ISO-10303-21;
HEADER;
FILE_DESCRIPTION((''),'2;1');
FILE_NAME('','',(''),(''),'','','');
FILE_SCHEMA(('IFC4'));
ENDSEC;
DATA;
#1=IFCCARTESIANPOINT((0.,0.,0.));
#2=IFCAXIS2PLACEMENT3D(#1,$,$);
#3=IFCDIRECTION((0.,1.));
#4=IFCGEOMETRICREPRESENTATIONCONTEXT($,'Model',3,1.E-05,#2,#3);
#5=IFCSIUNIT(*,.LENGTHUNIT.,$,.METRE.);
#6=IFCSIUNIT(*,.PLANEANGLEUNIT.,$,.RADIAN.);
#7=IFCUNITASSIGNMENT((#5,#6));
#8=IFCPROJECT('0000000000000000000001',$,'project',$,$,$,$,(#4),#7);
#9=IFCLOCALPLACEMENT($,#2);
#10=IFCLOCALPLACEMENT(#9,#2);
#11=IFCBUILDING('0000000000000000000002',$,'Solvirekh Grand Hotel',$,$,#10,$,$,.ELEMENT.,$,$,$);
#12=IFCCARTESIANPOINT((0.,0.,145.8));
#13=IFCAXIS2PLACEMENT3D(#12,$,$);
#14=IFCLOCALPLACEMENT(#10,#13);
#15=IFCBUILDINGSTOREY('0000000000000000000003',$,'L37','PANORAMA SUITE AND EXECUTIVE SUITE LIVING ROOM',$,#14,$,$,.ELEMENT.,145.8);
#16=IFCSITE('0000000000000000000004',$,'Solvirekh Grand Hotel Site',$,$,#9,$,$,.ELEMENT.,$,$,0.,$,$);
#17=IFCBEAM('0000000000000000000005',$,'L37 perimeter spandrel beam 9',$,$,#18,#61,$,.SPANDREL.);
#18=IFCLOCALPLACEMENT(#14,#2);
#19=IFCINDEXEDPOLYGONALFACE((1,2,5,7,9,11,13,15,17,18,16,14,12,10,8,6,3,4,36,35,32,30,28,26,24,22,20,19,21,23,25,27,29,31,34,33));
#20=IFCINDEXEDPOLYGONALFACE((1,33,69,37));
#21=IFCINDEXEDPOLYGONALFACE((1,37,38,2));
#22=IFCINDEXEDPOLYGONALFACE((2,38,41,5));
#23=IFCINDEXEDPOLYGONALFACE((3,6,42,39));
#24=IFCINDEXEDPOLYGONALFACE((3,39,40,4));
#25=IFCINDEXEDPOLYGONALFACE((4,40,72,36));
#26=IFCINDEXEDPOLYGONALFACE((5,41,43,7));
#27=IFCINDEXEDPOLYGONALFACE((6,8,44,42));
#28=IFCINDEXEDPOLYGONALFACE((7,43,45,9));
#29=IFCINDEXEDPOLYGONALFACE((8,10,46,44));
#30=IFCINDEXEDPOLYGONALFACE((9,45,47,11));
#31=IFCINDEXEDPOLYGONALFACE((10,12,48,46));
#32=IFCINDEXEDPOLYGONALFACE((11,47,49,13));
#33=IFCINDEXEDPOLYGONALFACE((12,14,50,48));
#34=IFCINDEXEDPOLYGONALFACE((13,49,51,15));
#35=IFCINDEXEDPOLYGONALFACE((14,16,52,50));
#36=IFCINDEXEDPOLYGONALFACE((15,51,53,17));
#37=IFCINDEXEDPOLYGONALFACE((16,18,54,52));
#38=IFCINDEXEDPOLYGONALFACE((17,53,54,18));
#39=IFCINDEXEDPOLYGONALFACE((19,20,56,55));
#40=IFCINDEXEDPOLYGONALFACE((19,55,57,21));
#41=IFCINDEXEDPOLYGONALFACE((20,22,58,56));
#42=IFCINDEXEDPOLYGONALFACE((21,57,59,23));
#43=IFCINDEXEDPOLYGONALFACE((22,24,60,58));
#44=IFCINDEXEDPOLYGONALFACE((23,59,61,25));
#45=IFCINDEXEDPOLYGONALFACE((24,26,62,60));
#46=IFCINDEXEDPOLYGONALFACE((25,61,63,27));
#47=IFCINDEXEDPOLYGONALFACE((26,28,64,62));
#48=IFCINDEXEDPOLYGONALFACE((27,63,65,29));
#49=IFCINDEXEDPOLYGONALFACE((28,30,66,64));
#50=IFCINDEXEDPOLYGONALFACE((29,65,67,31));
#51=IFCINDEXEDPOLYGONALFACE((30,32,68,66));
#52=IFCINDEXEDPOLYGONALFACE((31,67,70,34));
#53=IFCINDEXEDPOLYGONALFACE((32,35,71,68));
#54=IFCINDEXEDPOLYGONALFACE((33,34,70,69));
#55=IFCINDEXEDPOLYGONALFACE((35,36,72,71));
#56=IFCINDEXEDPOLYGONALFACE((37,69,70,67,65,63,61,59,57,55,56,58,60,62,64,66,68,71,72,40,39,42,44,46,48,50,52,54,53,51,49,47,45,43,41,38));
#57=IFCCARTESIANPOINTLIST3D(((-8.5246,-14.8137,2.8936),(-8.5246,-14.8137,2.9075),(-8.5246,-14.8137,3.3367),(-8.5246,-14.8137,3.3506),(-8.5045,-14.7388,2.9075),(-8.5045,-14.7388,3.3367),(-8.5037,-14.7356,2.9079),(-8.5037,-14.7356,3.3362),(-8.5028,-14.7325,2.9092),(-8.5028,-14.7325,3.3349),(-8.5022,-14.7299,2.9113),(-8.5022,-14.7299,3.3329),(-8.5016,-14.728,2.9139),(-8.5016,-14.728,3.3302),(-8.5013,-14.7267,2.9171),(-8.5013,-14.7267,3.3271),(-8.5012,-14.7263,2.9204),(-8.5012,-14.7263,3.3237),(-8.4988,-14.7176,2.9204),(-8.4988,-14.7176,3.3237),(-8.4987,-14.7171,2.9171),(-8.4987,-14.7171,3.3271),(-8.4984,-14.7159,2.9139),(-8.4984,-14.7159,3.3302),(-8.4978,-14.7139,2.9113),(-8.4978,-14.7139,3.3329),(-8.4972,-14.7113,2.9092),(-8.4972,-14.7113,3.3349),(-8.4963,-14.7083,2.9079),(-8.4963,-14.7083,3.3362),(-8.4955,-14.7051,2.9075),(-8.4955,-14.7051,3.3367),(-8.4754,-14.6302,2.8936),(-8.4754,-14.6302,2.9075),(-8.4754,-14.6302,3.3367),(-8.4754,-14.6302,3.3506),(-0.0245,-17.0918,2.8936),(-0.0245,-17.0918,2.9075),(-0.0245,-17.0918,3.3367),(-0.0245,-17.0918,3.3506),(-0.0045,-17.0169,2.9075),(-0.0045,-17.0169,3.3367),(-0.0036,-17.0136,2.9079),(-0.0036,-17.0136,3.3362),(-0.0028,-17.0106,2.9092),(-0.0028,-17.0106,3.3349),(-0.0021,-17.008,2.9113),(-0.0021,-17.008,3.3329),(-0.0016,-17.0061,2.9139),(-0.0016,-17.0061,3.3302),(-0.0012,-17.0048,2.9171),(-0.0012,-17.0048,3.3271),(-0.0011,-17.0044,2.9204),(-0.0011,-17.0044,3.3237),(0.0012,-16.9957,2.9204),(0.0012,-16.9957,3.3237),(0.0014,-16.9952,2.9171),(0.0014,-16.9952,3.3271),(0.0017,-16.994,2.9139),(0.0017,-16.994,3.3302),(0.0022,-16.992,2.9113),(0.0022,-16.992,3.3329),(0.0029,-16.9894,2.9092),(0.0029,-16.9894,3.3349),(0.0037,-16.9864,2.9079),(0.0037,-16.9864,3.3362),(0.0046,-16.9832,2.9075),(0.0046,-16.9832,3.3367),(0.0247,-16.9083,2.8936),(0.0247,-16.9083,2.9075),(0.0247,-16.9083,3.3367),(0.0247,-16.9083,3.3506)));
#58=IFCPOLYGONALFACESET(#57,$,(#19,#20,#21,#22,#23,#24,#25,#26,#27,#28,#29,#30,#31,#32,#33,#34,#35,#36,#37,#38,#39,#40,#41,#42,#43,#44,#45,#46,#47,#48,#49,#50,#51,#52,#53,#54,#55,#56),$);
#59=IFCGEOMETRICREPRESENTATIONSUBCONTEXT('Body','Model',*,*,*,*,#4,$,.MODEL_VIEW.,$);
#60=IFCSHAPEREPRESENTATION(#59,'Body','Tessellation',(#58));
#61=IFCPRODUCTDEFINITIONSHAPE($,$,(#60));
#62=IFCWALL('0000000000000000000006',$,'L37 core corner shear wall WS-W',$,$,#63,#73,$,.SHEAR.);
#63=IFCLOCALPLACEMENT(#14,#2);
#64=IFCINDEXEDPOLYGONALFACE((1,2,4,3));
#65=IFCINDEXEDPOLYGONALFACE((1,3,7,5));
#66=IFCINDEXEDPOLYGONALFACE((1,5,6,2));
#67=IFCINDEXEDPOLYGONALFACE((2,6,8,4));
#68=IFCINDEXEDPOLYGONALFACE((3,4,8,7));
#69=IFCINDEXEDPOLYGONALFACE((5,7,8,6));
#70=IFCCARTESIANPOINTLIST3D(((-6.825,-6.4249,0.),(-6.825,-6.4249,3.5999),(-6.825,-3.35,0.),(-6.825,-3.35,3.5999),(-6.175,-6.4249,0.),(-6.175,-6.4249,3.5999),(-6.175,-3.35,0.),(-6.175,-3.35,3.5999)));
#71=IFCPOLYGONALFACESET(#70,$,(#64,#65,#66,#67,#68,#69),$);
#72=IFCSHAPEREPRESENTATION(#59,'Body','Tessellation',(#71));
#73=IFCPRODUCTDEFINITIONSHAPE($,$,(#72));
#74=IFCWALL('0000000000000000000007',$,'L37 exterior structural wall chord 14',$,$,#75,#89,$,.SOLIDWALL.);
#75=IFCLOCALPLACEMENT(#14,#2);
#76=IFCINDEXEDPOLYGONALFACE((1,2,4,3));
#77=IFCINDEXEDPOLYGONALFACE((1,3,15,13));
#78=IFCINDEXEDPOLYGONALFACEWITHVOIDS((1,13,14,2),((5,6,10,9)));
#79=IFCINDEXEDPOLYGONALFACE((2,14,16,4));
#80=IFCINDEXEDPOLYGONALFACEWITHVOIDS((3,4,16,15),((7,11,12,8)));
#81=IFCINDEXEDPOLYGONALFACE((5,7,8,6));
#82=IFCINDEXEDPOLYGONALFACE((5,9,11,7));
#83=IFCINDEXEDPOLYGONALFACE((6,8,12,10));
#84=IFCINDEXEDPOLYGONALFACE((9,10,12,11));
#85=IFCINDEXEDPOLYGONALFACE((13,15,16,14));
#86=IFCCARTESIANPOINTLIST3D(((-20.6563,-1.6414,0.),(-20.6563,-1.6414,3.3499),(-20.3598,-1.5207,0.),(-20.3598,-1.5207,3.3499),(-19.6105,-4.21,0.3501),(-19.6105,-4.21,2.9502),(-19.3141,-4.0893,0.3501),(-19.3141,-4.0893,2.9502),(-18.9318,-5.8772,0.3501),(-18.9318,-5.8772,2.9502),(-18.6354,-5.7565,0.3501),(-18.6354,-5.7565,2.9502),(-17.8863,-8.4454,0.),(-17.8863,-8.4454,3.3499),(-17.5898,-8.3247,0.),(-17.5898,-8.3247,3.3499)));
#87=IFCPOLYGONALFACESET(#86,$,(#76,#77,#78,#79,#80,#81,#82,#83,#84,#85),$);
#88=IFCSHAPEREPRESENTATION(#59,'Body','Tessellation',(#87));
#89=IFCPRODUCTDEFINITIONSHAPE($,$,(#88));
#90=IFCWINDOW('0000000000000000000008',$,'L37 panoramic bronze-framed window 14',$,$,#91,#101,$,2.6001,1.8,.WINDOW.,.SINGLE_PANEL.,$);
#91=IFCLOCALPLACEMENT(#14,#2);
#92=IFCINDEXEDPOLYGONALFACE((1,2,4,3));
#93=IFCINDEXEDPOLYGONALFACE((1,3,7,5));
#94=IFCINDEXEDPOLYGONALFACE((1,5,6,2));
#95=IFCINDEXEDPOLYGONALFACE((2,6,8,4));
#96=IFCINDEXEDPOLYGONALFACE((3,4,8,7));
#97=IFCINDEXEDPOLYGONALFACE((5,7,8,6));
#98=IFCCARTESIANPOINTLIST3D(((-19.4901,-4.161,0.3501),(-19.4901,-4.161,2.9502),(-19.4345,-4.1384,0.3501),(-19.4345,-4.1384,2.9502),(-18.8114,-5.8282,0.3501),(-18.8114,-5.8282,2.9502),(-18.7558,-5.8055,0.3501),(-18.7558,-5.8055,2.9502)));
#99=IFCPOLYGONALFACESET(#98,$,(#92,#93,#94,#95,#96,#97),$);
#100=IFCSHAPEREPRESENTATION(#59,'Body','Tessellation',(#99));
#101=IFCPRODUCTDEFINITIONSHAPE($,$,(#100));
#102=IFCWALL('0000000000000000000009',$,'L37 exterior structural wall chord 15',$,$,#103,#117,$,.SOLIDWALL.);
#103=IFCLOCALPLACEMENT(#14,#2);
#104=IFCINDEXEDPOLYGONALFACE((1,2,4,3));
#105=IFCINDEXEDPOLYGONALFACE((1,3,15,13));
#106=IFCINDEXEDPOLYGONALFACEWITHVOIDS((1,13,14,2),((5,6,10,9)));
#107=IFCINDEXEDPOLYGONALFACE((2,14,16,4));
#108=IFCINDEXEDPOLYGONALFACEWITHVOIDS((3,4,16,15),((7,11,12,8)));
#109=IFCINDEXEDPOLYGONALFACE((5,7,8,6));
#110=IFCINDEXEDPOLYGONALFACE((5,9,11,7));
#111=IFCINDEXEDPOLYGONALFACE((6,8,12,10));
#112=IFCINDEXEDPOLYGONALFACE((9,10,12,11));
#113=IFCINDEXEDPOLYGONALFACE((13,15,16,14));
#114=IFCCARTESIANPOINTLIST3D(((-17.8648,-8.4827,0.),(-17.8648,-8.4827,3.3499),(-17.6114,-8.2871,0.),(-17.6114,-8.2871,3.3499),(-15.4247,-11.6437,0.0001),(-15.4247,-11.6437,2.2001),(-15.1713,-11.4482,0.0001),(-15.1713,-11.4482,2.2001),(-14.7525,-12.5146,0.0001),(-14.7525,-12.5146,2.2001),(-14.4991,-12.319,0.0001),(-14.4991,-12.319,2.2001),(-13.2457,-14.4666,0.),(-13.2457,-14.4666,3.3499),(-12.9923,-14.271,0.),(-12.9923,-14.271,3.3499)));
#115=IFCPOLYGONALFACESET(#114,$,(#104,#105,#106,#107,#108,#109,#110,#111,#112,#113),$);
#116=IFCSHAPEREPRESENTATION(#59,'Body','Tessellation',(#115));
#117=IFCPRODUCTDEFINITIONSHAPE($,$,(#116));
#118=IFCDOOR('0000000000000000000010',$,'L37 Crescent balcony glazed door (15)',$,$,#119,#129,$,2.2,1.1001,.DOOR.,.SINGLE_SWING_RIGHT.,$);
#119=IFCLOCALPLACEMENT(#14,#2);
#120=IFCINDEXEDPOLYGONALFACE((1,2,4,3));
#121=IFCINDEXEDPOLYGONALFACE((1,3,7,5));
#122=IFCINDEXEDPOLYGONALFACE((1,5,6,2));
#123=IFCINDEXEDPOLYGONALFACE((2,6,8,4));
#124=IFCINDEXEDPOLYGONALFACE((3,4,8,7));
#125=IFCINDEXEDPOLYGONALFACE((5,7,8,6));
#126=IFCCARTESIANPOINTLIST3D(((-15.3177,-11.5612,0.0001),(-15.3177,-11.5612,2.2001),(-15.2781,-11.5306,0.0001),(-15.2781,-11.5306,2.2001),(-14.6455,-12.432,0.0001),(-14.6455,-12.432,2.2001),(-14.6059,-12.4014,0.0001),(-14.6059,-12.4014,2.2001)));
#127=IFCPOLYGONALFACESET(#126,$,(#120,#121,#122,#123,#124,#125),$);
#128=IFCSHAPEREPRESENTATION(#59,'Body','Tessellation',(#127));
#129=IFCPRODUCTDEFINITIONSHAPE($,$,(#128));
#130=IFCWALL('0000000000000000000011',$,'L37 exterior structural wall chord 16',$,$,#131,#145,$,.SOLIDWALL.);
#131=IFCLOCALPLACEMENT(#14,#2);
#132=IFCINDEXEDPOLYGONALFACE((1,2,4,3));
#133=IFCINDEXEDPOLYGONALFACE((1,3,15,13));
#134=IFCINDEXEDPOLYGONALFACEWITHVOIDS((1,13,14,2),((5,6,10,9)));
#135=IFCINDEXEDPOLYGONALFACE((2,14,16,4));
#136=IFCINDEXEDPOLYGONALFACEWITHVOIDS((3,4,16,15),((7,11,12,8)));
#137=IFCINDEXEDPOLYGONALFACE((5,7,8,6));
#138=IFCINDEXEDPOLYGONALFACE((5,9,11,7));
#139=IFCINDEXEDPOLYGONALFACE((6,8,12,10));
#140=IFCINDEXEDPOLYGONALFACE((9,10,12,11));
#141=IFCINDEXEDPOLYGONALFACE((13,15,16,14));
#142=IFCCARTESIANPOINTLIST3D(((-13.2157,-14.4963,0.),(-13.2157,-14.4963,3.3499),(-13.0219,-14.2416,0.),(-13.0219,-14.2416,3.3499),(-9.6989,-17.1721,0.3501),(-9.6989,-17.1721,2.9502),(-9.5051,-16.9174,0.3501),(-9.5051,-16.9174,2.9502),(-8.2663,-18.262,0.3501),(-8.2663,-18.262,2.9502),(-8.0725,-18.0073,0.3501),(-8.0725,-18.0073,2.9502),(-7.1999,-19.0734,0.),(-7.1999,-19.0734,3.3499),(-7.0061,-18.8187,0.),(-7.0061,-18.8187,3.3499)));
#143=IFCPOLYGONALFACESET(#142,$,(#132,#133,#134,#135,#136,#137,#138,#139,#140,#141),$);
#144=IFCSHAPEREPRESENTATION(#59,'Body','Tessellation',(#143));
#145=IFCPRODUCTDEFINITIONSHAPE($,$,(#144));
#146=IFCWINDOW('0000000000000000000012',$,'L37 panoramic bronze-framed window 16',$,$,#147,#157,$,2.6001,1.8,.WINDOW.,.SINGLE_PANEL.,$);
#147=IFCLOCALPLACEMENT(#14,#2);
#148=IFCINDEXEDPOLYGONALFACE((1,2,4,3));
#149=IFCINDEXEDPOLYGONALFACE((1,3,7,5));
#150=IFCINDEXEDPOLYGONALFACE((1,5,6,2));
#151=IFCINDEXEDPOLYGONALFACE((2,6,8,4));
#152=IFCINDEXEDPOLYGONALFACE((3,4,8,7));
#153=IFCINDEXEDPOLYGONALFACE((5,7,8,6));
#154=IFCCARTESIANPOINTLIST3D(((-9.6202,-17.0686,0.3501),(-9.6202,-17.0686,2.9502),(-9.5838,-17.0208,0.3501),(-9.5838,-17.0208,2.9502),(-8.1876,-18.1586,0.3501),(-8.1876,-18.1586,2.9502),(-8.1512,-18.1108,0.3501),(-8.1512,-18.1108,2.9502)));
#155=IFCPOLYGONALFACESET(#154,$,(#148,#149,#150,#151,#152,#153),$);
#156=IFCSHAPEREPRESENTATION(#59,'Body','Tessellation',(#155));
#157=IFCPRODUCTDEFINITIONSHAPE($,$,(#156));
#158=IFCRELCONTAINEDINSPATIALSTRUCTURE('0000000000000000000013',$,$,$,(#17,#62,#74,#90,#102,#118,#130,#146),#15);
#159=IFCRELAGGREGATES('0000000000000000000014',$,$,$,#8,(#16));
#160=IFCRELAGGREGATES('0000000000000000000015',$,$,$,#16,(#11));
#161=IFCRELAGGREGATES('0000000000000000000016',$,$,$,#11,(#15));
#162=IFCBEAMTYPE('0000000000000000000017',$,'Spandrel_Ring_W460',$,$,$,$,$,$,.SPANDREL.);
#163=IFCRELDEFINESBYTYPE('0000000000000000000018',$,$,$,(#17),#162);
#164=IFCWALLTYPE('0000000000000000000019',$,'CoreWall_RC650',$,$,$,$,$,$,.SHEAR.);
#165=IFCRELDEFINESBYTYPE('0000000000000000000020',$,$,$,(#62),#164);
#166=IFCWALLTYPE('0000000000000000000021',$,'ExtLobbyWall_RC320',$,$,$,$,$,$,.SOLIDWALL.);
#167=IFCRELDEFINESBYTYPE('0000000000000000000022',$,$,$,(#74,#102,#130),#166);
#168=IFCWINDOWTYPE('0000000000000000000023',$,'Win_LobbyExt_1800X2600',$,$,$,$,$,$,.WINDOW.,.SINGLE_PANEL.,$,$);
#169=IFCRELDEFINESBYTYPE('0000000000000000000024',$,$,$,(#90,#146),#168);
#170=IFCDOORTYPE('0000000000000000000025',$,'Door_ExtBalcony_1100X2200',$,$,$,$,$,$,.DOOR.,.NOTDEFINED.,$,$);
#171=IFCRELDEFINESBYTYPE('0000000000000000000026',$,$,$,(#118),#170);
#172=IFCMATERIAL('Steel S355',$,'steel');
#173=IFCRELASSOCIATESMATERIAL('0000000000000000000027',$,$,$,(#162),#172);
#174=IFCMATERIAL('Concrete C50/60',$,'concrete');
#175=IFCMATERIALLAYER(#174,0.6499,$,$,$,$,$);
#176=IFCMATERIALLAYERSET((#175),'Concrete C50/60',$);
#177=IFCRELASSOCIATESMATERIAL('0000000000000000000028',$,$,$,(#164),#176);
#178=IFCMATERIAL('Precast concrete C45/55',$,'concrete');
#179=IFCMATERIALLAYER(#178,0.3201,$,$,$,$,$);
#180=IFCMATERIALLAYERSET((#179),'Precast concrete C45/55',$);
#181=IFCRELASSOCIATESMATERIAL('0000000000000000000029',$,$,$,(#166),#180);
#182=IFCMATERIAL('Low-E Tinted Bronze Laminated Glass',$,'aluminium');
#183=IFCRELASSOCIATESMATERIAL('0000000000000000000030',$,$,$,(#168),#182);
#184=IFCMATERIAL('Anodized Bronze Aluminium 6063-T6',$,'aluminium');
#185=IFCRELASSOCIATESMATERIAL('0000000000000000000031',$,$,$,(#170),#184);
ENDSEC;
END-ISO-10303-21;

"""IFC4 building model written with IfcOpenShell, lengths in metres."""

from ifc_helpers import new_model, si_unit, direction, frame, frame_2d, origin, origin_2d, place, context, subcontext, project, spatial, rectangle, i_section, extrude, material, layer, layer_set, material_profile, profile_set, type_object, element, fill, save


model = new_model("IFC4")

# Units and contexts
model_context = context("Model", 3, precision=1e-05, world=origin(), true_north=direction((0.0, 1.0)))
body_context = subcontext(model_context, "Body", "Model", "MODEL_VIEW")
ifc_project = project(units=[si_unit("LENGTHUNIT", "METRE"), si_unit("PLANEANGLEUNIT", "RADIAN")], contexts=[model_context])

# Site, building, storey
site_placement = place(None, origin())
site = spatial("IfcSite", under=ifc_project, at=site_placement, Name="Solvirekh Grand Hotel Site", CompositionType="ELEMENT", RefElevation=0.0)
building_placement = place(site_placement, origin())
building = spatial("IfcBuilding", under=site, at=building_placement, Name="Solvirekh Grand Hotel", CompositionType="ELEMENT")
storey_placement = place(building_placement, frame((0.0, 0.0, 145.8)))
storey = spatial("IfcBuildingStorey", under=building, at=storey_placement, Name="L37", Description="PANORAMA SUITE AND EXECUTIVE SUITE LIVING ROOM", CompositionType="ELEMENT", Elevation=145.8)

# Shared definitions
ifc_material_1 = material(Name="Concrete C50/60", Category="concrete")

# Beam
ifc_material_2 = material(Name="Steel S355", Category="steel")
ifc_material_profile_1 = material_profile(ifc_material_2, i_section(OverallWidth=0.1899, OverallDepth=0.457, WebThickness=0.009, FlangeThickness=0.0139, FilletRadius=0.0129, at=origin_2d()), Name="W460X74")
ifc_profile_set_1 = profile_set([ifc_material_profile_1], Name="Steel S355")
beam_type = type_object("IfcBeamType", Name="Spandrel_Ring_W460", PredefinedType="SPANDREL", material=ifc_profile_set_1)
beam_1_placement = place(storey_placement, frame((-8.5, -14.7219, 3.1221), z_axis=(0.965911, -0.258873, 0.0), x_axis=(0.258873, 0.965911, 0.0)))
element("IfcBeam", 1, at=beam_1_placement, inside=storey, type_object=beam_type, Name="L37 perimeter spandrel beam 9", PredefinedType="SPANDREL", context=body_context, shape_type="SweptSolid", body=[
    extrude(i_section(OverallWidth=0.1899, OverallDepth=0.457, WebThickness=0.009, FlangeThickness=0.0139, FilletRadius=0.0129, at=origin_2d()), origin(), (0.0, 0.0, 1.0), 8.8),
])

# Wall
ifc_layer_1 = layer(ifc_material_1, 0.6499)
ifc_layer_set_1 = layer_set([ifc_layer_1], Name="Concrete C50/60")
wall_type_1 = type_object("IfcWallType", Name="CoreWall_RC650", PredefinedType="SHEAR", material=ifc_layer_set_1)
wall_1_placement = place(storey_placement, frame((-6.5, -6.425, 0.0), z_axis=(0.0, 0.0, 1.0), x_axis=(0.0, 1.0, 0.0)))
element("IfcWall", 2, at=wall_1_placement, inside=storey, type_object=wall_type_1, Name="L37 core corner shear wall WS-W", PredefinedType="SHEAR", context=body_context, shape_type="SweptSolid", body=[
    extrude(rectangle(XDim=3.075, YDim=0.6499, at=frame_2d((1.5376, 0.0))), origin(), (0.0, 0.0, 1.0), 3.5999),
])

# Wall, opening, window
ifc_material_3 = material(Name="Precast concrete C45/55", Category="concrete")
ifc_layer_2 = layer(ifc_material_3, 0.3201)
ifc_layer_set_2 = layer_set([ifc_layer_2], Name="Precast concrete C45/55")
wall_type_2 = type_object("IfcWallType", Name="ExtLobbyWall_RC320", PredefinedType="SOLIDWALL", material=ifc_layer_set_2)
wall_2_placement = place(storey_placement, frame((-17.738, -8.385, 0.0), z_axis=(0.0, 0.0, 1.0), x_axis=(-0.377068, 0.926186, 0.0)))
wall_2 = element("IfcWall", 3, at=wall_2_placement, inside=storey, type_object=wall_type_2, Name="L37 exterior structural wall chord 14", PredefinedType="SOLIDWALL", context=body_context, shape_type="SweptSolid", body=[
    extrude(rectangle(XDim=7.3462, YDim=0.3201, at=frame_2d((3.6731, 0.0))), origin(), (0.0, 0.0, 1.0), 3.3499),
])
opening_1_placement = place(wall_2_placement, frame((2.7729, 0.0, 0.3501)))
opening_1 = element("IfcOpeningElement", 4, at=opening_1_placement, cuts=wall_2, PredefinedType="OPENING", context=body_context, shape_type="SweptSolid", body=[
    extrude(rectangle(XDim=1.8, YDim=2.6001, at=frame_2d((0.8999, 1.3))), frame((0.0, 0.1699, 0.0), z_axis=(0.0, -1.0, 0.0), x_axis=(1.0, 0.0, 0.0)), (0.0, 0.0, 1.0), 0.3401),
])
ifc_material_4 = material(Name="Low-E Tinted Bronze Laminated Glass", Category="aluminium")
window_type = type_object("IfcWindowType", Name="Win_LobbyExt_1800X2600", PartitioningType="SINGLE_PANEL", PredefinedType="WINDOW", material=ifc_material_4)
window_1_placement = place(opening_1_placement, origin())
window_1 = element("IfcWindow", 5, at=window_1_placement, inside=storey, type_object=window_type, Name="L37 panoramic bronze-framed window 14", OverallHeight=2.6001, OverallWidth=1.8, PartitioningType="SINGLE_PANEL", PredefinedType="WINDOW", context=body_context, shape_type="SweptSolid", body=[
    extrude(rectangle(XDim=1.8, YDim=2.6001, at=frame_2d((0.8999, 1.3))), frame((0.0, 0.03, 0.0), z_axis=(0.0, -1.0, 0.0), x_axis=(1.0, 0.0, 0.0)), (0.0, 0.0, 1.0), 0.0601),
])
fill(opening_1, window_1)

# Wall, opening, door
wall_3_placement = place(storey_placement, frame((-13.1189, -14.3689, 0.0), z_axis=(0.0, 0.0, 1.0), x_axis=(-0.611052, 0.79159, 0.0)))
wall_3 = element("IfcWall", 6, at=wall_3_placement, inside=storey, type_object=wall_type_2, Name="L37 exterior structural wall chord 15", PredefinedType="SOLIDWALL", context=body_context, shape_type="SweptSolid", body=[
    extrude(rectangle(XDim=7.5593, YDim=0.3201, at=frame_2d((3.7798, 0.0))), origin(), (0.0, 0.0, 1.0), 3.3499),
])
opening_2_placement = place(wall_3_placement, frame((2.4661, 0.0, 0.0)))
opening_2 = element("IfcOpeningElement", 7, at=opening_2_placement, cuts=wall_3, PredefinedType="OPENING", context=body_context, shape_type="SweptSolid", body=[
    extrude(rectangle(XDim=1.1001, YDim=2.2, at=frame_2d((0.55, 1.1001))), frame((0.0, 0.1699, 0.0), z_axis=(0.0, -1.0, 0.0), x_axis=(1.0, 0.0, 0.0)), (0.0, 0.0, 1.0), 0.3401),
])
ifc_material_5 = material(Name="Anodized Bronze Aluminium 6063-T6", Category="aluminium")
door_type_1 = type_object("IfcDoorType", Name="Door_ExtBalcony_1100X2200", OperationType="NOTDEFINED", PredefinedType="DOOR", material=ifc_material_5)
door_1_placement = place(opening_2_placement, origin())
door_1 = element("IfcDoor", 8, at=door_1_placement, inside=storey, type_object=door_type_1, Name="L37 Crescent balcony glazed door (15)", OperationType="SINGLE_SWING_RIGHT", OverallHeight=2.2, OverallWidth=1.1001, PredefinedType="DOOR", context=body_context, shape_type="SweptSolid", body=[
    extrude(rectangle(XDim=1.1001, YDim=2.2, at=frame_2d((0.55, 1.1001))), frame((0.0, 0.0249, 0.0), z_axis=(0.0, -1.0, 0.0), x_axis=(1.0, 0.0, 0.0)), (0.0, 0.0, 1.0), 0.05),
])
fill(opening_2, door_1)

# Wall, opening, window
wall_4_placement = place(storey_placement, frame((-7.103, -18.946, 0.0), z_axis=(0.0, 0.0, 1.0), x_axis=(-0.795838, 0.60551, 0.0)))
wall_4 = element("IfcWall", 9, at=wall_4_placement, inside=storey, type_object=wall_type_2, Name="L37 exterior structural wall chord 16", PredefinedType="SOLIDWALL", context=body_context, shape_type="SweptSolid", body=[
    extrude(rectangle(XDim=7.5591, YDim=0.3201, at=frame_2d((3.7795, 0.0))), origin(), (0.0, 0.0, 1.0), 3.3499),
])
opening_3_placement = place(wall_4_placement, frame((1.3401, 0.0, 0.3501)))
opening_3 = element("IfcOpeningElement", 10, at=opening_3_placement, cuts=wall_4, PredefinedType="OPENING", context=body_context, shape_type="SweptSolid", body=[
    extrude(rectangle(XDim=1.8, YDim=2.6001, at=frame_2d((0.8999, 1.3))), frame((0.0, 0.1699, 0.0), z_axis=(0.0, -1.0, 0.0), x_axis=(1.0, 0.0, 0.0)), (0.0, 0.0, 1.0), 0.3401),
])
window_2_placement = place(opening_3_placement, origin())
window_2 = element("IfcWindow", 11, at=window_2_placement, inside=storey, type_object=window_type, Name="L37 panoramic bronze-framed window 16", OverallHeight=2.6001, OverallWidth=1.8, PartitioningType="SINGLE_PANEL", PredefinedType="WINDOW", context=body_context, shape_type="SweptSolid", body=[
    extrude(rectangle(XDim=1.8, YDim=2.6001, at=frame_2d((0.8999, 1.3))), frame((0.0, 0.03, 0.0), z_axis=(0.0, -1.0, 0.0), x_axis=(1.0, 0.0, 0.0)), (0.0, 0.0, 1.0), 0.0601),
])
fill(opening_3, window_2)

save(model, "model.ifc")
